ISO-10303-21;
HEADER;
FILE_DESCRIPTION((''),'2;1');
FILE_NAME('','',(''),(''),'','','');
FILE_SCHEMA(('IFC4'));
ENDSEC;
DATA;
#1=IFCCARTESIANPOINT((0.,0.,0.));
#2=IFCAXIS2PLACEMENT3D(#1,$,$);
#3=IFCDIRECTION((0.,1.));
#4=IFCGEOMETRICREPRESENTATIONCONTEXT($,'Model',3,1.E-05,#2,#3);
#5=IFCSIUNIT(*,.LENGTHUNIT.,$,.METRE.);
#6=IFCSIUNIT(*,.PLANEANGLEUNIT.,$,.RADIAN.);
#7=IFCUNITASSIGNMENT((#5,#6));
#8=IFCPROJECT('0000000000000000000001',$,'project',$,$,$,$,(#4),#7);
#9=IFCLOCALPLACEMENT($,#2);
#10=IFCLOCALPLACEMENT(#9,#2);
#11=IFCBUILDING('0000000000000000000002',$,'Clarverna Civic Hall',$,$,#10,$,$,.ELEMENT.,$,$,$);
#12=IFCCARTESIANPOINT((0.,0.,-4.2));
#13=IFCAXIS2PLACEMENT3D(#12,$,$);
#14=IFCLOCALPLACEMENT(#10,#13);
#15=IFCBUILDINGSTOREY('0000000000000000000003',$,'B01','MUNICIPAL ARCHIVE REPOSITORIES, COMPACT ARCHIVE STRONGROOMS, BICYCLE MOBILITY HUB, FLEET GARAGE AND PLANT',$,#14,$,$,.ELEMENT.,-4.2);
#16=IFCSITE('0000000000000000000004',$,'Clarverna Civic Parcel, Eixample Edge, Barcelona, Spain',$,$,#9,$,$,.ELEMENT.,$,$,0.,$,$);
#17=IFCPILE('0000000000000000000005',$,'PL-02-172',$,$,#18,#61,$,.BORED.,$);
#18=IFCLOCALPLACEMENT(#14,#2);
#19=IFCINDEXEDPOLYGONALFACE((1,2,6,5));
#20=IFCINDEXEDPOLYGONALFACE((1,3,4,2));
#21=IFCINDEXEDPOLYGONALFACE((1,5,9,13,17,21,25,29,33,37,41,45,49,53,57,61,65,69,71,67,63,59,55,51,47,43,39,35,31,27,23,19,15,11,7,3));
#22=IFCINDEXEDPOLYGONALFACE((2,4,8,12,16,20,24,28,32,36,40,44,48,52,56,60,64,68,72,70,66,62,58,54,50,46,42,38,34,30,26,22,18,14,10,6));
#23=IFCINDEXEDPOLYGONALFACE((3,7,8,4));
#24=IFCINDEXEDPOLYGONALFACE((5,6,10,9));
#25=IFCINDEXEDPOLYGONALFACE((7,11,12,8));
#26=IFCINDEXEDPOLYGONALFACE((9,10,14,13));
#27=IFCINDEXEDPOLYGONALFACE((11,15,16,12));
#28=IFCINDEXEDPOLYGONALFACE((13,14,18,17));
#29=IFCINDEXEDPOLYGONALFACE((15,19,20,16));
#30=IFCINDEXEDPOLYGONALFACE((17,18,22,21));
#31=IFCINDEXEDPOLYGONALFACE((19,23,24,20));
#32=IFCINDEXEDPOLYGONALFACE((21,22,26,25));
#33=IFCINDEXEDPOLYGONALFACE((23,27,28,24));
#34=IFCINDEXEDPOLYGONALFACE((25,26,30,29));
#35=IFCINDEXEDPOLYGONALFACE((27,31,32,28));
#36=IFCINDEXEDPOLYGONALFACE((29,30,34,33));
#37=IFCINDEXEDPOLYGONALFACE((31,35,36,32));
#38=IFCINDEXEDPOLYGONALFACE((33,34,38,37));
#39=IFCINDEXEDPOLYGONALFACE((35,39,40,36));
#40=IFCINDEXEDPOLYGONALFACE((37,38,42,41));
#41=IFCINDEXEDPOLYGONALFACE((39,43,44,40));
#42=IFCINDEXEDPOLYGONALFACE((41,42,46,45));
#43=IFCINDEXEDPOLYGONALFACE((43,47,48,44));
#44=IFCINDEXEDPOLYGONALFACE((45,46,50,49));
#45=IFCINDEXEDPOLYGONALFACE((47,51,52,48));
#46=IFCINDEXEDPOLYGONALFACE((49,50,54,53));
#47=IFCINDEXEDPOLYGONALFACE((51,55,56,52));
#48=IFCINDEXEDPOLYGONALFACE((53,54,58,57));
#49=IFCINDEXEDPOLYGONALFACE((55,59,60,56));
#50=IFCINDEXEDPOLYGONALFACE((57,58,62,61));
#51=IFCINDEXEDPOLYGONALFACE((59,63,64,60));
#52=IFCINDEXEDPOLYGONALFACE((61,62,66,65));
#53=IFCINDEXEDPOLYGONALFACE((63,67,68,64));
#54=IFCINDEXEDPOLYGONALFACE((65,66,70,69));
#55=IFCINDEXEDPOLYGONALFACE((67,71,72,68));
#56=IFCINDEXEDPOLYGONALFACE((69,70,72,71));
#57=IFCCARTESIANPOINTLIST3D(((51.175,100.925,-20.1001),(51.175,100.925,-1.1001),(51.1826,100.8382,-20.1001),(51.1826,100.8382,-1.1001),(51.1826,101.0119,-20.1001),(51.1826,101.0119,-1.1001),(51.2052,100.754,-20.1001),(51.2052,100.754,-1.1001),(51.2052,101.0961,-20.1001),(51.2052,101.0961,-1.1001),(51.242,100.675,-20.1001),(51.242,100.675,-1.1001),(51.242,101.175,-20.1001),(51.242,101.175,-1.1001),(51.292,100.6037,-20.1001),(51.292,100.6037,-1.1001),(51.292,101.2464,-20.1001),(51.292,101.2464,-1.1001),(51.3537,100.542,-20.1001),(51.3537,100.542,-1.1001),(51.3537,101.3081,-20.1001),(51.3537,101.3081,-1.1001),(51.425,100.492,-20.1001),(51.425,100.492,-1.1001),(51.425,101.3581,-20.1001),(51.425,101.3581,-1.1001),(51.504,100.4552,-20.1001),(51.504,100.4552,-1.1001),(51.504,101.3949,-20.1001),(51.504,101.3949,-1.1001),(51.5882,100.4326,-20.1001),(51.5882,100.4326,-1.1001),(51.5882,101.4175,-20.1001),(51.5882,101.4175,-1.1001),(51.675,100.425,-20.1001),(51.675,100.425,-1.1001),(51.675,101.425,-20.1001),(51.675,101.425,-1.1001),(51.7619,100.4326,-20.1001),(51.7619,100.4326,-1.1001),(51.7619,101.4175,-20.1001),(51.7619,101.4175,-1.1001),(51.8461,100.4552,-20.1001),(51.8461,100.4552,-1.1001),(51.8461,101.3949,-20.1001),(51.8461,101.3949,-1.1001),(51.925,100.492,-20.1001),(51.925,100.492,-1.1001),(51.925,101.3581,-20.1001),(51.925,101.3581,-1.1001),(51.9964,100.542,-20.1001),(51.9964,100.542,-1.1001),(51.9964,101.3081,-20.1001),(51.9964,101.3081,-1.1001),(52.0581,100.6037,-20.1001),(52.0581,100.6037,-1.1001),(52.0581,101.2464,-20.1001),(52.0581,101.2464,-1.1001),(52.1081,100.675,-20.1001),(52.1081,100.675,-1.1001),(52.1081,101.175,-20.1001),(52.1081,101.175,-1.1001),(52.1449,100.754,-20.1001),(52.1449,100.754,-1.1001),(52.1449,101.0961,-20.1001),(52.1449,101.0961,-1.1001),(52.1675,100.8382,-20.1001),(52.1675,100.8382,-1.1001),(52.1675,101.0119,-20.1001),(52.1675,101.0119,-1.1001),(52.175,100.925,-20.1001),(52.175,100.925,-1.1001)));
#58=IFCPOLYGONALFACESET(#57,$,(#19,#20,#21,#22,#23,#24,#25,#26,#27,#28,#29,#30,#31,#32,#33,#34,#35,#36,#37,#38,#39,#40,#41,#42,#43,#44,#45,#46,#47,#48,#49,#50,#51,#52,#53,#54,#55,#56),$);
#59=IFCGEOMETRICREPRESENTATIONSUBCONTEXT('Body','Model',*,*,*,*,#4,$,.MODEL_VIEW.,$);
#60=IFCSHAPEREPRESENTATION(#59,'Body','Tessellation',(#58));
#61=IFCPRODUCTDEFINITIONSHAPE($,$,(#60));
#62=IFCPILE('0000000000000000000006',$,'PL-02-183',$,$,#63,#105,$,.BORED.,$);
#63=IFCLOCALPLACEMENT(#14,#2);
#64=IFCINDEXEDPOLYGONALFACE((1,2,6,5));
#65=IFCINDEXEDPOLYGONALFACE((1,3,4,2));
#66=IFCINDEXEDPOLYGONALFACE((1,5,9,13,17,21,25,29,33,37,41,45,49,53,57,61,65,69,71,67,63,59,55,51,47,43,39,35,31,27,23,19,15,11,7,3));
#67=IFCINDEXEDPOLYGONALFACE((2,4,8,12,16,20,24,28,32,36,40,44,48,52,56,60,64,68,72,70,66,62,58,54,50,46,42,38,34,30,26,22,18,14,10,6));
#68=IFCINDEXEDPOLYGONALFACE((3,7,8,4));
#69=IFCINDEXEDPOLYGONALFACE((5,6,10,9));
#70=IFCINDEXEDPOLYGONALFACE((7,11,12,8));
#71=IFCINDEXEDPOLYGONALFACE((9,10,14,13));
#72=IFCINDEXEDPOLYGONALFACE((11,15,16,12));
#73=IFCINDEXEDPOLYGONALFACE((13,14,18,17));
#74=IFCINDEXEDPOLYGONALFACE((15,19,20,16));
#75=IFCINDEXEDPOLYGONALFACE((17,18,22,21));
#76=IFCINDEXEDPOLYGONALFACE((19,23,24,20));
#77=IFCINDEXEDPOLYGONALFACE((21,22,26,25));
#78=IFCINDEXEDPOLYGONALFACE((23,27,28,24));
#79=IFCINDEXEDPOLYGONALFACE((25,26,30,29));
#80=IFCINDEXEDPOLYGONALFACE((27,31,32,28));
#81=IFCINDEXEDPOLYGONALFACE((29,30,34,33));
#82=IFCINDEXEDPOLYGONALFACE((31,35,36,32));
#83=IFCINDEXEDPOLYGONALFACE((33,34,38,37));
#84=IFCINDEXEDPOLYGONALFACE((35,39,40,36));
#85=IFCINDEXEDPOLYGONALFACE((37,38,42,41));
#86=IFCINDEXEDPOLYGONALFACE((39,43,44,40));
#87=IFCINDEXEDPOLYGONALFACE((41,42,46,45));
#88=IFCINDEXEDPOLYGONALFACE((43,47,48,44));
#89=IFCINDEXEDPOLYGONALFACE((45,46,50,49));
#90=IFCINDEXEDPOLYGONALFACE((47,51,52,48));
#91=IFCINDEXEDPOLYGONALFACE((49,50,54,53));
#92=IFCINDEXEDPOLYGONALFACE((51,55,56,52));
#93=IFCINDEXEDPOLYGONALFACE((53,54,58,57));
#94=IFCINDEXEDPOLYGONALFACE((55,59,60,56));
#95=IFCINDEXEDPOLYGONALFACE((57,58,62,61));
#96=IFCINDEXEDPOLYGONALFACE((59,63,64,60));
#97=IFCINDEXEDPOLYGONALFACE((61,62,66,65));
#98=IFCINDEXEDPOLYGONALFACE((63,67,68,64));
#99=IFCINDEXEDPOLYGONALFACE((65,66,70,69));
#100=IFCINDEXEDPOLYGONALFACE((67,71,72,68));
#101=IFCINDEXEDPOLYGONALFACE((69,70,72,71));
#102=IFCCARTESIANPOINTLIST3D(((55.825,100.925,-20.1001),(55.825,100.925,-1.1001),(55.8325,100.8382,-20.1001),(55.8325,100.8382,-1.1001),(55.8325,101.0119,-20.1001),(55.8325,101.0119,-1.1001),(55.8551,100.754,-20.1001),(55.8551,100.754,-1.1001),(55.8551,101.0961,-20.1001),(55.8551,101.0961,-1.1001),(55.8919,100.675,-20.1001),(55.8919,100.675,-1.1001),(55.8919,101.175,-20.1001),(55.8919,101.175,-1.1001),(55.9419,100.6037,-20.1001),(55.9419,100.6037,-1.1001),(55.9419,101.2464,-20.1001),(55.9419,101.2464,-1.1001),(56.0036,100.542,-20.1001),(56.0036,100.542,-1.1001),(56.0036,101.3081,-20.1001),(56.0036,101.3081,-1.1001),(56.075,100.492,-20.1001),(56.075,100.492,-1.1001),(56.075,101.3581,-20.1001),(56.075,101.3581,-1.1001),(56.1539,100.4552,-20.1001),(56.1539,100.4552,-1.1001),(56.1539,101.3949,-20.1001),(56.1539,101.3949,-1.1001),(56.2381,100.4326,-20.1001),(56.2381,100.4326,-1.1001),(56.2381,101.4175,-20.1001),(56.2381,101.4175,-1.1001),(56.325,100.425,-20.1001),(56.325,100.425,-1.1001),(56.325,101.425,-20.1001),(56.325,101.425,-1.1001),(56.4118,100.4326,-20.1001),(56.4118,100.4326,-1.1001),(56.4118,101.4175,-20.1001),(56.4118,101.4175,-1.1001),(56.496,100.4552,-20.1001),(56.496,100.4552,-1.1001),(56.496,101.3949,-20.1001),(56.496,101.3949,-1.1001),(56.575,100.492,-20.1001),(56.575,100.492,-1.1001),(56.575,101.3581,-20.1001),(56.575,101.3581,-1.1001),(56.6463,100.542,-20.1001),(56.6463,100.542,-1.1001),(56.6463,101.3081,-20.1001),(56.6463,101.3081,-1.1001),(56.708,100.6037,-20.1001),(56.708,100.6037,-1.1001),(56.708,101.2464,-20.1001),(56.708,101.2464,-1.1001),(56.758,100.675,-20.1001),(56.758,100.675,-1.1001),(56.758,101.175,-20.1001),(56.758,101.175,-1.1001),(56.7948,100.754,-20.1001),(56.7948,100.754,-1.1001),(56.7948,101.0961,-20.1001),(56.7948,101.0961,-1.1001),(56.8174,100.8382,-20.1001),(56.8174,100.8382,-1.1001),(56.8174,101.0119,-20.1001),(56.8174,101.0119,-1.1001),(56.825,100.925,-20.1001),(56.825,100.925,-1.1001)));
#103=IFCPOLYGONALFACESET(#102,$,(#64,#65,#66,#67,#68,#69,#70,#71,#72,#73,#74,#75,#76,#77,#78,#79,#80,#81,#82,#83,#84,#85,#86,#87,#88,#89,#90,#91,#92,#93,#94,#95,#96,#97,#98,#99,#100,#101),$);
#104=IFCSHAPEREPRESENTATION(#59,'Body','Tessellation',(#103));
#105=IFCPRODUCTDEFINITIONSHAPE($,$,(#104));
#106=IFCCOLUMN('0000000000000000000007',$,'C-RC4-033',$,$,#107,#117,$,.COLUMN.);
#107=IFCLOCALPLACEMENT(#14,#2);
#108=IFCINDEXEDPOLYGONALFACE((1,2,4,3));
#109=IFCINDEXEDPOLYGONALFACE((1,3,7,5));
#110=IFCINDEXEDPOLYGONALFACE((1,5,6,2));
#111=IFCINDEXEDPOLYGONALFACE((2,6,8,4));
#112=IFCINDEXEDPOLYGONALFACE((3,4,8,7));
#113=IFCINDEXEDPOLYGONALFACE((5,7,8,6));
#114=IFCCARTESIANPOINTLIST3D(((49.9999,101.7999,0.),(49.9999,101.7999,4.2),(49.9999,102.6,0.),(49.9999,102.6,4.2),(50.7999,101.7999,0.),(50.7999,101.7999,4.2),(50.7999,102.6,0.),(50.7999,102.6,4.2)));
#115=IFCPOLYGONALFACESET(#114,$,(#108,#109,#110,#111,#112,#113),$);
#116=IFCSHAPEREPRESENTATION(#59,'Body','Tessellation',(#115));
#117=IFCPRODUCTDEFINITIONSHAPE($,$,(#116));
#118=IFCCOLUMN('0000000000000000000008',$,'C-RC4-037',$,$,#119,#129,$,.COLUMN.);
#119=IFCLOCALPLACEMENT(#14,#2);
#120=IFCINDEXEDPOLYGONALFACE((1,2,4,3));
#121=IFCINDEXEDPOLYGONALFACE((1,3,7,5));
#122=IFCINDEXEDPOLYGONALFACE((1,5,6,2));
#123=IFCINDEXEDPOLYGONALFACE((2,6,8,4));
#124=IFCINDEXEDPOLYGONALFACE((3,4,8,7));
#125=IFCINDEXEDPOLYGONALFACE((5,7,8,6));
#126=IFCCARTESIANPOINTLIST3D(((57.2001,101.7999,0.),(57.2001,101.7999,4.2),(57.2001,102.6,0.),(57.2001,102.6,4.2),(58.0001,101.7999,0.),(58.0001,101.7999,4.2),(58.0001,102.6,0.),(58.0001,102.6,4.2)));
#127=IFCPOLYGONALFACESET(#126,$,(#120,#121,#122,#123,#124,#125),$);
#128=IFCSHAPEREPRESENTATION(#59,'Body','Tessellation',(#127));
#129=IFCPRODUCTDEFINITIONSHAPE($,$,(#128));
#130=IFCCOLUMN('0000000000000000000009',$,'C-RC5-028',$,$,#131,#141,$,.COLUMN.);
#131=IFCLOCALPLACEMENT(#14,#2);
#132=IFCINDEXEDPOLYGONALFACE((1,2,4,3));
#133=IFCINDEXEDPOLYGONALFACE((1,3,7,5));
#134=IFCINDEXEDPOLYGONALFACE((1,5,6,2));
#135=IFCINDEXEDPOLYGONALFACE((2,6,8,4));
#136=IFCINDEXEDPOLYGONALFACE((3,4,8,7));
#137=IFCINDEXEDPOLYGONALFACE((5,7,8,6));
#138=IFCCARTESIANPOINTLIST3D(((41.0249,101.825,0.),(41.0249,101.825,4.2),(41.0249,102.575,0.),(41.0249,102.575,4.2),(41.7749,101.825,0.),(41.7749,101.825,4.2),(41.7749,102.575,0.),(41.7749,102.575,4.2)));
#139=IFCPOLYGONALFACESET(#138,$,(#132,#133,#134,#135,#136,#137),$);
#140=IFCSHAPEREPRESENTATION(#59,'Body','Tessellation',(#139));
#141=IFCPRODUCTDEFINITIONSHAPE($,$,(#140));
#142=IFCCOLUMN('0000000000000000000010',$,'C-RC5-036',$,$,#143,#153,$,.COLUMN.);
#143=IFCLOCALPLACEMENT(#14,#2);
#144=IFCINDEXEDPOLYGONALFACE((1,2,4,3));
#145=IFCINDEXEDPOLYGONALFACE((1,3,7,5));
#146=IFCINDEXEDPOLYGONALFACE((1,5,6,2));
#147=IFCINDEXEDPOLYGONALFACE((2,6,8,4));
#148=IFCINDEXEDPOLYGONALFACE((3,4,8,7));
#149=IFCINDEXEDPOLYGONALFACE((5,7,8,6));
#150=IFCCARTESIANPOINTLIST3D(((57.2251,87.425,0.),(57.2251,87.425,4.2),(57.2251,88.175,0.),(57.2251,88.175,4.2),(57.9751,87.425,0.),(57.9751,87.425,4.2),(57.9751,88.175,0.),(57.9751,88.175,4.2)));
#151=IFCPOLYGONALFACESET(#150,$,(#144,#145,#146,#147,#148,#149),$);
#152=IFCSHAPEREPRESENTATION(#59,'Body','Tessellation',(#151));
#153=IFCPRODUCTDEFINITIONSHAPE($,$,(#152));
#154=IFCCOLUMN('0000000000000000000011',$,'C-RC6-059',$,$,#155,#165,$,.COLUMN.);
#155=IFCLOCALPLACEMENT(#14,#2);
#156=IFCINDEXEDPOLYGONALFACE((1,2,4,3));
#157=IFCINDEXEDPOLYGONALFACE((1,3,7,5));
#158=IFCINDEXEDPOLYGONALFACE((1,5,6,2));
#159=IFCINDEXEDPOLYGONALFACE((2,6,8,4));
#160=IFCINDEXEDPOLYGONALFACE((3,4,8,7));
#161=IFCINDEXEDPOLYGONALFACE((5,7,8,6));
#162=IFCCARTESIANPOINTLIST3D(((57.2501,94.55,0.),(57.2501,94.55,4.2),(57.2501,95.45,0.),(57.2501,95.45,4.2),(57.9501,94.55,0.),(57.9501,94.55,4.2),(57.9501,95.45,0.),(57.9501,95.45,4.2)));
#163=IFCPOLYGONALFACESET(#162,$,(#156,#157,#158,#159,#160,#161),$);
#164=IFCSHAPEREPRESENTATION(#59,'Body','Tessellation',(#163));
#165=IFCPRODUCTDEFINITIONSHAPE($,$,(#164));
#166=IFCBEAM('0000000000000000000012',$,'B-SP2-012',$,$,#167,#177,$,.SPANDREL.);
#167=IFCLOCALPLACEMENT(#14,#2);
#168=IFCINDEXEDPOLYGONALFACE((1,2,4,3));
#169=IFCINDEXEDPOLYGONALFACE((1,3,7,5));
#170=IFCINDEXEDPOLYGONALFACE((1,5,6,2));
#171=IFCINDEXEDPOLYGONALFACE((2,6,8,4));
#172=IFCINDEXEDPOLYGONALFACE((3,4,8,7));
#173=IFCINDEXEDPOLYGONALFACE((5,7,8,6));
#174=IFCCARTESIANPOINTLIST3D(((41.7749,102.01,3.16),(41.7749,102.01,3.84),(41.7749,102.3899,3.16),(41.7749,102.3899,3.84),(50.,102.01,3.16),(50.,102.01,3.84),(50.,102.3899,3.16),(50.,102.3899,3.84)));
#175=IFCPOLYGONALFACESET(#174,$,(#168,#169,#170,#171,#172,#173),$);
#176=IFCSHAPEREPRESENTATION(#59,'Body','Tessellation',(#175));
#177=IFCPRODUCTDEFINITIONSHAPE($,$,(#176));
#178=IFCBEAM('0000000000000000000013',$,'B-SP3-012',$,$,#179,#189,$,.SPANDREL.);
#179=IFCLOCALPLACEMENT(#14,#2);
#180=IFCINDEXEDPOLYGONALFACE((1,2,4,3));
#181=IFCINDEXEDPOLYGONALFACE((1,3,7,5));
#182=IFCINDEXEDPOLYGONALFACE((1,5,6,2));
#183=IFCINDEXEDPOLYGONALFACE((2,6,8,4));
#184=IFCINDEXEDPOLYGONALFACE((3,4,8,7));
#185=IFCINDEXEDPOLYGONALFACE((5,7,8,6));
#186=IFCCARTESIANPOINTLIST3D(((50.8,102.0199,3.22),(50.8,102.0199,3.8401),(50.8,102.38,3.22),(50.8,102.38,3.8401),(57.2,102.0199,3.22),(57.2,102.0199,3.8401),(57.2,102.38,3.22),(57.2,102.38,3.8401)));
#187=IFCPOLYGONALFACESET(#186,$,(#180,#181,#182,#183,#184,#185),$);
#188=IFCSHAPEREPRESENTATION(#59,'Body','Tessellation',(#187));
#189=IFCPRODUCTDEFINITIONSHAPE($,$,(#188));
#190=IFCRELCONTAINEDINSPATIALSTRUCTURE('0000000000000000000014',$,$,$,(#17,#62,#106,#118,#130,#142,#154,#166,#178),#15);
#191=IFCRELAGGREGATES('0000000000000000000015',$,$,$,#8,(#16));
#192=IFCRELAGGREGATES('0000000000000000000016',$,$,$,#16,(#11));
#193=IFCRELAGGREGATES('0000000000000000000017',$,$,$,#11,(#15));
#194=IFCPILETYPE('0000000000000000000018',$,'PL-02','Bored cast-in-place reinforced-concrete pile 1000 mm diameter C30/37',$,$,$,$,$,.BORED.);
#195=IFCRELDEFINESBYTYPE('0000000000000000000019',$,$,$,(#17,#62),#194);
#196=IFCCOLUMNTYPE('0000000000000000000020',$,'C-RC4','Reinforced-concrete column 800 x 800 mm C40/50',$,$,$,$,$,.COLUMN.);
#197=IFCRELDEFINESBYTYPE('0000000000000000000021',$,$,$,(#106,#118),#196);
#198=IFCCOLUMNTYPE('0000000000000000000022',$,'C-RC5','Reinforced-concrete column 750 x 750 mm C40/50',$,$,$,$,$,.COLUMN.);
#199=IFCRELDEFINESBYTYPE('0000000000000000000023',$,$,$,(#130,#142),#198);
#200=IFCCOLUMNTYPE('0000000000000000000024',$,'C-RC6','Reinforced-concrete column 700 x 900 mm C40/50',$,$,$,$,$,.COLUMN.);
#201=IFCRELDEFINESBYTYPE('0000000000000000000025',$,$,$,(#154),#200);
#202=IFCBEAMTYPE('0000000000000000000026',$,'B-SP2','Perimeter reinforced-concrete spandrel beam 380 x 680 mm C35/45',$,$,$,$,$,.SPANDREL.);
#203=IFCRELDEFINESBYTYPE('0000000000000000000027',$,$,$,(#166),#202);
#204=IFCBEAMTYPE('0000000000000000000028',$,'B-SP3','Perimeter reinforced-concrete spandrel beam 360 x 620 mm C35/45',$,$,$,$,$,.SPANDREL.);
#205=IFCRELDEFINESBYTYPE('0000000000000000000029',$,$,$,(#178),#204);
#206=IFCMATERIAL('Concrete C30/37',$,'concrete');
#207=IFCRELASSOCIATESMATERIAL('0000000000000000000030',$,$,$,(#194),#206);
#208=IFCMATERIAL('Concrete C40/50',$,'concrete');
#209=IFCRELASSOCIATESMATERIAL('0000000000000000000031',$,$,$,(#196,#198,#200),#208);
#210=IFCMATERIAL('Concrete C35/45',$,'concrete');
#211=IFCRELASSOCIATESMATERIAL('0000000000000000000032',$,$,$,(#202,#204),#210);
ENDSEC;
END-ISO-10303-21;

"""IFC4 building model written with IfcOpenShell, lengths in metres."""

from ifc_helpers import new_model, si_unit, direction, frame, origin, origin_2d, place, context, subcontext, project, spatial, rectangle, circle, extrude, material, material_profile, profile_set, type_object, element, save


model = new_model("IFC4")

# Units and contexts
model_context = context("Model", 3, precision=1e-05, world=origin(), true_north=direction((0.0, 1.0)))
body_context = subcontext(model_context, "Body", "Model", "MODEL_VIEW")
ifc_project = project(units=[si_unit("LENGTHUNIT", "METRE"), si_unit("PLANEANGLEUNIT", "RADIAN")], contexts=[model_context])

# Site, building, storey
site_placement = place(None, origin())
site = spatial("IfcSite", under=ifc_project, at=site_placement, Name="Clarverna Civic Parcel, Eixample Edge, Barcelona, Spain", CompositionType="ELEMENT", RefElevation=0.0)
building_placement = place(site_placement, origin())
building = spatial("IfcBuilding", under=site, at=building_placement, Name="Clarverna Civic Hall", CompositionType="ELEMENT")
storey_placement = place(building_placement, frame((0.0, 0.0, -4.2)))
storey = spatial("IfcBuildingStorey", under=building, at=storey_placement, Name="B01", Description="MUNICIPAL ARCHIVE REPOSITORIES, COMPACT ARCHIVE STRONGROOMS, BICYCLE MOBILITY HUB, FLEET GARAGE AND PLANT", CompositionType="ELEMENT", Elevation=-4.2)

# Shared definitions
ifc_material_1 = material(Name="Concrete C30/37", Category="concrete")

# Piles
ifc_material_profile_1 = material_profile(ifc_material_1, circle(Radius=0.5, at=origin_2d()), Name="BORED PILE D1000")
ifc_profile_set_1 = profile_set([ifc_material_profile_1], Name="Concrete C30/37")
pile_type_1 = type_object("IfcPileType", Name="PL-02", Description="Bored cast-in-place reinforced-concrete pile 1000 mm diameter C30/37", PredefinedType="BORED", material=ifc_profile_set_1)
for number, where, z_axis, x_axis, name in (
    (1, (51.675, 100.925, -1.1001), (0.0, 0.0, -1.0), (1.0, 0.0, 0.0), "PL-02-172"),
    (2, (56.325, 100.925, -1.1001), (0.0, 0.0, -1.0), (1.0, 0.0, 0.0), "PL-02-183"),
):
    element("IfcPile", number, at=place(storey_placement, frame(where, z_axis=z_axis, x_axis=x_axis)), inside=storey, type_object=pile_type_1, Name=name, PredefinedType="BORED", context=body_context, shape_type="SweptSolid", body=[
        extrude(circle(Radius=0.5, at=origin_2d()), origin(), (0.0, 0.0, 1.0), 19.0),
    ])

# Columns
ifc_material_2 = material(Name="Concrete C40/50", Category="concrete")
ifc_material_profile_2 = material_profile(ifc_material_2, rectangle(XDim=0.8, YDim=0.8, at=origin_2d()), Name="RC 800x800")
ifc_profile_set_2 = profile_set([ifc_material_profile_2], Name="Concrete C40/50")
column_type_1 = type_object("IfcColumnType", Name="C-RC4", Description="Reinforced-concrete column 800 x 800 mm C40/50", PredefinedType="COLUMN", material=ifc_profile_set_2)
for number, where, z_axis, x_axis, name in (
    (3, (50.3999, 102.2, 0.0), (0.0, 0.0, 1.0), (1.0, 0.0, 0.0), "C-RC4-033"),
    (4, (57.6001, 102.2, 0.0), (0.0, 0.0, 1.0), (1.0, 0.0, 0.0), "C-RC4-037"),
):
    element("IfcColumn", number, at=place(storey_placement, frame(where, z_axis=z_axis, x_axis=x_axis)), inside=storey, type_object=column_type_1, Name=name, PredefinedType="COLUMN", context=body_context, shape_type="SweptSolid", body=[
        extrude(rectangle(XDim=0.8, YDim=0.8, at=origin_2d()), origin(), (0.0, 0.0, 1.0), 4.2),
    ])
ifc_material_profile_3 = material_profile(ifc_material_2, rectangle(XDim=0.75, YDim=0.75, at=origin_2d()), Name="RC 750x750")
ifc_profile_set_3 = profile_set([ifc_material_profile_3], Name="Concrete C40/50")
column_type_2 = type_object("IfcColumnType", Name="C-RC5", Description="Reinforced-concrete column 750 x 750 mm C40/50", PredefinedType="COLUMN", material=ifc_profile_set_3)
for number, where, z_axis, x_axis, name in (
    (5, (41.3999, 102.2, 0.0), (0.0, 0.0, 1.0), (1.0, 0.0, 0.0), "C-RC5-028"),
    (6, (57.6001, 87.8, 0.0), (0.0, 0.0, 1.0), (1.0, 0.0, 0.0), "C-RC5-036"),
):
    element("IfcColumn", number, at=place(storey_placement, frame(where, z_axis=z_axis, x_axis=x_axis)), inside=storey, type_object=column_type_2, Name=name, PredefinedType="COLUMN", context=body_context, shape_type="SweptSolid", body=[
        extrude(rectangle(XDim=0.75, YDim=0.75, at=origin_2d()), origin(), (0.0, 0.0, 1.0), 4.2),
    ])
ifc_material_profile_4 = material_profile(ifc_material_2, rectangle(XDim=0.7, YDim=0.8999, at=origin_2d()), Name="RC 700x900")
ifc_profile_set_4 = profile_set([ifc_material_profile_4], Name="Concrete C40/50")
column_type_3 = type_object("IfcColumnType", Name="C-RC6", Description="Reinforced-concrete column 700 x 900 mm C40/50", PredefinedType="COLUMN", material=ifc_profile_set_4)
column_placement = place(storey_placement, frame((57.6001, 95.0, 0.0), z_axis=(0.0, 0.0, 1.0), x_axis=(1.0, 0.0, 0.0)))
element("IfcColumn", 7, at=column_placement, inside=storey, type_object=column_type_3, Name="C-RC6-059", PredefinedType="COLUMN", context=body_context, shape_type="SweptSolid", body=[
    extrude(rectangle(XDim=0.7, YDim=0.8999, at=origin_2d()), origin(), (0.0, 0.0, 1.0), 4.2),
])

# Beams
ifc_material_3 = material(Name="Concrete C35/45", Category="concrete")
ifc_material_profile_5 = material_profile(ifc_material_3, rectangle(XDim=0.3799, YDim=0.6799, at=origin_2d()), Name="RC 380x680")
ifc_profile_set_5 = profile_set([ifc_material_profile_5], Name="Concrete C35/45")
beam_type_1 = type_object("IfcBeamType", Name="B-SP2", Description="Perimeter reinforced-concrete spandrel beam 380 x 680 mm C35/45", PredefinedType="SPANDREL", material=ifc_profile_set_5)
beam_1_placement = place(storey_placement, frame((41.7749, 102.2, 3.5), z_axis=(1.0, 0.0, 0.0), x_axis=(0.0, 1.0, 0.0)))
element("IfcBeam", 8, at=beam_1_placement, inside=storey, type_object=beam_type_1, Name="B-SP2-012", PredefinedType="SPANDREL", context=body_context, shape_type="SweptSolid", body=[
    extrude(rectangle(XDim=0.3799, YDim=0.6799, at=origin_2d()), origin(), (0.0, 0.0, 1.0), 8.2251),
])
ifc_material_profile_6 = material_profile(ifc_material_3, rectangle(XDim=0.3601, YDim=0.6201, at=origin_2d()), Name="RC 360x620")
ifc_profile_set_6 = profile_set([ifc_material_profile_6], Name="Concrete C35/45")
beam_type_2 = type_object("IfcBeamType", Name="B-SP3", Description="Perimeter reinforced-concrete spandrel beam 360 x 620 mm C35/45", PredefinedType="SPANDREL", material=ifc_profile_set_6)
beam_2_placement = place(storey_placement, frame((50.8, 102.2, 3.53), z_axis=(1.0, 0.0, 0.0), x_axis=(0.0, 1.0, 0.0)))
element("IfcBeam", 9, at=beam_2_placement, inside=storey, type_object=beam_type_2, Name="B-SP3-012", PredefinedType="SPANDREL", context=body_context, shape_type="SweptSolid", body=[
    extrude(rectangle(XDim=0.3601, YDim=0.6201, at=origin_2d()), origin(), (0.0, 0.0, 1.0), 6.3999),
])

save(model, "model.ifc")
